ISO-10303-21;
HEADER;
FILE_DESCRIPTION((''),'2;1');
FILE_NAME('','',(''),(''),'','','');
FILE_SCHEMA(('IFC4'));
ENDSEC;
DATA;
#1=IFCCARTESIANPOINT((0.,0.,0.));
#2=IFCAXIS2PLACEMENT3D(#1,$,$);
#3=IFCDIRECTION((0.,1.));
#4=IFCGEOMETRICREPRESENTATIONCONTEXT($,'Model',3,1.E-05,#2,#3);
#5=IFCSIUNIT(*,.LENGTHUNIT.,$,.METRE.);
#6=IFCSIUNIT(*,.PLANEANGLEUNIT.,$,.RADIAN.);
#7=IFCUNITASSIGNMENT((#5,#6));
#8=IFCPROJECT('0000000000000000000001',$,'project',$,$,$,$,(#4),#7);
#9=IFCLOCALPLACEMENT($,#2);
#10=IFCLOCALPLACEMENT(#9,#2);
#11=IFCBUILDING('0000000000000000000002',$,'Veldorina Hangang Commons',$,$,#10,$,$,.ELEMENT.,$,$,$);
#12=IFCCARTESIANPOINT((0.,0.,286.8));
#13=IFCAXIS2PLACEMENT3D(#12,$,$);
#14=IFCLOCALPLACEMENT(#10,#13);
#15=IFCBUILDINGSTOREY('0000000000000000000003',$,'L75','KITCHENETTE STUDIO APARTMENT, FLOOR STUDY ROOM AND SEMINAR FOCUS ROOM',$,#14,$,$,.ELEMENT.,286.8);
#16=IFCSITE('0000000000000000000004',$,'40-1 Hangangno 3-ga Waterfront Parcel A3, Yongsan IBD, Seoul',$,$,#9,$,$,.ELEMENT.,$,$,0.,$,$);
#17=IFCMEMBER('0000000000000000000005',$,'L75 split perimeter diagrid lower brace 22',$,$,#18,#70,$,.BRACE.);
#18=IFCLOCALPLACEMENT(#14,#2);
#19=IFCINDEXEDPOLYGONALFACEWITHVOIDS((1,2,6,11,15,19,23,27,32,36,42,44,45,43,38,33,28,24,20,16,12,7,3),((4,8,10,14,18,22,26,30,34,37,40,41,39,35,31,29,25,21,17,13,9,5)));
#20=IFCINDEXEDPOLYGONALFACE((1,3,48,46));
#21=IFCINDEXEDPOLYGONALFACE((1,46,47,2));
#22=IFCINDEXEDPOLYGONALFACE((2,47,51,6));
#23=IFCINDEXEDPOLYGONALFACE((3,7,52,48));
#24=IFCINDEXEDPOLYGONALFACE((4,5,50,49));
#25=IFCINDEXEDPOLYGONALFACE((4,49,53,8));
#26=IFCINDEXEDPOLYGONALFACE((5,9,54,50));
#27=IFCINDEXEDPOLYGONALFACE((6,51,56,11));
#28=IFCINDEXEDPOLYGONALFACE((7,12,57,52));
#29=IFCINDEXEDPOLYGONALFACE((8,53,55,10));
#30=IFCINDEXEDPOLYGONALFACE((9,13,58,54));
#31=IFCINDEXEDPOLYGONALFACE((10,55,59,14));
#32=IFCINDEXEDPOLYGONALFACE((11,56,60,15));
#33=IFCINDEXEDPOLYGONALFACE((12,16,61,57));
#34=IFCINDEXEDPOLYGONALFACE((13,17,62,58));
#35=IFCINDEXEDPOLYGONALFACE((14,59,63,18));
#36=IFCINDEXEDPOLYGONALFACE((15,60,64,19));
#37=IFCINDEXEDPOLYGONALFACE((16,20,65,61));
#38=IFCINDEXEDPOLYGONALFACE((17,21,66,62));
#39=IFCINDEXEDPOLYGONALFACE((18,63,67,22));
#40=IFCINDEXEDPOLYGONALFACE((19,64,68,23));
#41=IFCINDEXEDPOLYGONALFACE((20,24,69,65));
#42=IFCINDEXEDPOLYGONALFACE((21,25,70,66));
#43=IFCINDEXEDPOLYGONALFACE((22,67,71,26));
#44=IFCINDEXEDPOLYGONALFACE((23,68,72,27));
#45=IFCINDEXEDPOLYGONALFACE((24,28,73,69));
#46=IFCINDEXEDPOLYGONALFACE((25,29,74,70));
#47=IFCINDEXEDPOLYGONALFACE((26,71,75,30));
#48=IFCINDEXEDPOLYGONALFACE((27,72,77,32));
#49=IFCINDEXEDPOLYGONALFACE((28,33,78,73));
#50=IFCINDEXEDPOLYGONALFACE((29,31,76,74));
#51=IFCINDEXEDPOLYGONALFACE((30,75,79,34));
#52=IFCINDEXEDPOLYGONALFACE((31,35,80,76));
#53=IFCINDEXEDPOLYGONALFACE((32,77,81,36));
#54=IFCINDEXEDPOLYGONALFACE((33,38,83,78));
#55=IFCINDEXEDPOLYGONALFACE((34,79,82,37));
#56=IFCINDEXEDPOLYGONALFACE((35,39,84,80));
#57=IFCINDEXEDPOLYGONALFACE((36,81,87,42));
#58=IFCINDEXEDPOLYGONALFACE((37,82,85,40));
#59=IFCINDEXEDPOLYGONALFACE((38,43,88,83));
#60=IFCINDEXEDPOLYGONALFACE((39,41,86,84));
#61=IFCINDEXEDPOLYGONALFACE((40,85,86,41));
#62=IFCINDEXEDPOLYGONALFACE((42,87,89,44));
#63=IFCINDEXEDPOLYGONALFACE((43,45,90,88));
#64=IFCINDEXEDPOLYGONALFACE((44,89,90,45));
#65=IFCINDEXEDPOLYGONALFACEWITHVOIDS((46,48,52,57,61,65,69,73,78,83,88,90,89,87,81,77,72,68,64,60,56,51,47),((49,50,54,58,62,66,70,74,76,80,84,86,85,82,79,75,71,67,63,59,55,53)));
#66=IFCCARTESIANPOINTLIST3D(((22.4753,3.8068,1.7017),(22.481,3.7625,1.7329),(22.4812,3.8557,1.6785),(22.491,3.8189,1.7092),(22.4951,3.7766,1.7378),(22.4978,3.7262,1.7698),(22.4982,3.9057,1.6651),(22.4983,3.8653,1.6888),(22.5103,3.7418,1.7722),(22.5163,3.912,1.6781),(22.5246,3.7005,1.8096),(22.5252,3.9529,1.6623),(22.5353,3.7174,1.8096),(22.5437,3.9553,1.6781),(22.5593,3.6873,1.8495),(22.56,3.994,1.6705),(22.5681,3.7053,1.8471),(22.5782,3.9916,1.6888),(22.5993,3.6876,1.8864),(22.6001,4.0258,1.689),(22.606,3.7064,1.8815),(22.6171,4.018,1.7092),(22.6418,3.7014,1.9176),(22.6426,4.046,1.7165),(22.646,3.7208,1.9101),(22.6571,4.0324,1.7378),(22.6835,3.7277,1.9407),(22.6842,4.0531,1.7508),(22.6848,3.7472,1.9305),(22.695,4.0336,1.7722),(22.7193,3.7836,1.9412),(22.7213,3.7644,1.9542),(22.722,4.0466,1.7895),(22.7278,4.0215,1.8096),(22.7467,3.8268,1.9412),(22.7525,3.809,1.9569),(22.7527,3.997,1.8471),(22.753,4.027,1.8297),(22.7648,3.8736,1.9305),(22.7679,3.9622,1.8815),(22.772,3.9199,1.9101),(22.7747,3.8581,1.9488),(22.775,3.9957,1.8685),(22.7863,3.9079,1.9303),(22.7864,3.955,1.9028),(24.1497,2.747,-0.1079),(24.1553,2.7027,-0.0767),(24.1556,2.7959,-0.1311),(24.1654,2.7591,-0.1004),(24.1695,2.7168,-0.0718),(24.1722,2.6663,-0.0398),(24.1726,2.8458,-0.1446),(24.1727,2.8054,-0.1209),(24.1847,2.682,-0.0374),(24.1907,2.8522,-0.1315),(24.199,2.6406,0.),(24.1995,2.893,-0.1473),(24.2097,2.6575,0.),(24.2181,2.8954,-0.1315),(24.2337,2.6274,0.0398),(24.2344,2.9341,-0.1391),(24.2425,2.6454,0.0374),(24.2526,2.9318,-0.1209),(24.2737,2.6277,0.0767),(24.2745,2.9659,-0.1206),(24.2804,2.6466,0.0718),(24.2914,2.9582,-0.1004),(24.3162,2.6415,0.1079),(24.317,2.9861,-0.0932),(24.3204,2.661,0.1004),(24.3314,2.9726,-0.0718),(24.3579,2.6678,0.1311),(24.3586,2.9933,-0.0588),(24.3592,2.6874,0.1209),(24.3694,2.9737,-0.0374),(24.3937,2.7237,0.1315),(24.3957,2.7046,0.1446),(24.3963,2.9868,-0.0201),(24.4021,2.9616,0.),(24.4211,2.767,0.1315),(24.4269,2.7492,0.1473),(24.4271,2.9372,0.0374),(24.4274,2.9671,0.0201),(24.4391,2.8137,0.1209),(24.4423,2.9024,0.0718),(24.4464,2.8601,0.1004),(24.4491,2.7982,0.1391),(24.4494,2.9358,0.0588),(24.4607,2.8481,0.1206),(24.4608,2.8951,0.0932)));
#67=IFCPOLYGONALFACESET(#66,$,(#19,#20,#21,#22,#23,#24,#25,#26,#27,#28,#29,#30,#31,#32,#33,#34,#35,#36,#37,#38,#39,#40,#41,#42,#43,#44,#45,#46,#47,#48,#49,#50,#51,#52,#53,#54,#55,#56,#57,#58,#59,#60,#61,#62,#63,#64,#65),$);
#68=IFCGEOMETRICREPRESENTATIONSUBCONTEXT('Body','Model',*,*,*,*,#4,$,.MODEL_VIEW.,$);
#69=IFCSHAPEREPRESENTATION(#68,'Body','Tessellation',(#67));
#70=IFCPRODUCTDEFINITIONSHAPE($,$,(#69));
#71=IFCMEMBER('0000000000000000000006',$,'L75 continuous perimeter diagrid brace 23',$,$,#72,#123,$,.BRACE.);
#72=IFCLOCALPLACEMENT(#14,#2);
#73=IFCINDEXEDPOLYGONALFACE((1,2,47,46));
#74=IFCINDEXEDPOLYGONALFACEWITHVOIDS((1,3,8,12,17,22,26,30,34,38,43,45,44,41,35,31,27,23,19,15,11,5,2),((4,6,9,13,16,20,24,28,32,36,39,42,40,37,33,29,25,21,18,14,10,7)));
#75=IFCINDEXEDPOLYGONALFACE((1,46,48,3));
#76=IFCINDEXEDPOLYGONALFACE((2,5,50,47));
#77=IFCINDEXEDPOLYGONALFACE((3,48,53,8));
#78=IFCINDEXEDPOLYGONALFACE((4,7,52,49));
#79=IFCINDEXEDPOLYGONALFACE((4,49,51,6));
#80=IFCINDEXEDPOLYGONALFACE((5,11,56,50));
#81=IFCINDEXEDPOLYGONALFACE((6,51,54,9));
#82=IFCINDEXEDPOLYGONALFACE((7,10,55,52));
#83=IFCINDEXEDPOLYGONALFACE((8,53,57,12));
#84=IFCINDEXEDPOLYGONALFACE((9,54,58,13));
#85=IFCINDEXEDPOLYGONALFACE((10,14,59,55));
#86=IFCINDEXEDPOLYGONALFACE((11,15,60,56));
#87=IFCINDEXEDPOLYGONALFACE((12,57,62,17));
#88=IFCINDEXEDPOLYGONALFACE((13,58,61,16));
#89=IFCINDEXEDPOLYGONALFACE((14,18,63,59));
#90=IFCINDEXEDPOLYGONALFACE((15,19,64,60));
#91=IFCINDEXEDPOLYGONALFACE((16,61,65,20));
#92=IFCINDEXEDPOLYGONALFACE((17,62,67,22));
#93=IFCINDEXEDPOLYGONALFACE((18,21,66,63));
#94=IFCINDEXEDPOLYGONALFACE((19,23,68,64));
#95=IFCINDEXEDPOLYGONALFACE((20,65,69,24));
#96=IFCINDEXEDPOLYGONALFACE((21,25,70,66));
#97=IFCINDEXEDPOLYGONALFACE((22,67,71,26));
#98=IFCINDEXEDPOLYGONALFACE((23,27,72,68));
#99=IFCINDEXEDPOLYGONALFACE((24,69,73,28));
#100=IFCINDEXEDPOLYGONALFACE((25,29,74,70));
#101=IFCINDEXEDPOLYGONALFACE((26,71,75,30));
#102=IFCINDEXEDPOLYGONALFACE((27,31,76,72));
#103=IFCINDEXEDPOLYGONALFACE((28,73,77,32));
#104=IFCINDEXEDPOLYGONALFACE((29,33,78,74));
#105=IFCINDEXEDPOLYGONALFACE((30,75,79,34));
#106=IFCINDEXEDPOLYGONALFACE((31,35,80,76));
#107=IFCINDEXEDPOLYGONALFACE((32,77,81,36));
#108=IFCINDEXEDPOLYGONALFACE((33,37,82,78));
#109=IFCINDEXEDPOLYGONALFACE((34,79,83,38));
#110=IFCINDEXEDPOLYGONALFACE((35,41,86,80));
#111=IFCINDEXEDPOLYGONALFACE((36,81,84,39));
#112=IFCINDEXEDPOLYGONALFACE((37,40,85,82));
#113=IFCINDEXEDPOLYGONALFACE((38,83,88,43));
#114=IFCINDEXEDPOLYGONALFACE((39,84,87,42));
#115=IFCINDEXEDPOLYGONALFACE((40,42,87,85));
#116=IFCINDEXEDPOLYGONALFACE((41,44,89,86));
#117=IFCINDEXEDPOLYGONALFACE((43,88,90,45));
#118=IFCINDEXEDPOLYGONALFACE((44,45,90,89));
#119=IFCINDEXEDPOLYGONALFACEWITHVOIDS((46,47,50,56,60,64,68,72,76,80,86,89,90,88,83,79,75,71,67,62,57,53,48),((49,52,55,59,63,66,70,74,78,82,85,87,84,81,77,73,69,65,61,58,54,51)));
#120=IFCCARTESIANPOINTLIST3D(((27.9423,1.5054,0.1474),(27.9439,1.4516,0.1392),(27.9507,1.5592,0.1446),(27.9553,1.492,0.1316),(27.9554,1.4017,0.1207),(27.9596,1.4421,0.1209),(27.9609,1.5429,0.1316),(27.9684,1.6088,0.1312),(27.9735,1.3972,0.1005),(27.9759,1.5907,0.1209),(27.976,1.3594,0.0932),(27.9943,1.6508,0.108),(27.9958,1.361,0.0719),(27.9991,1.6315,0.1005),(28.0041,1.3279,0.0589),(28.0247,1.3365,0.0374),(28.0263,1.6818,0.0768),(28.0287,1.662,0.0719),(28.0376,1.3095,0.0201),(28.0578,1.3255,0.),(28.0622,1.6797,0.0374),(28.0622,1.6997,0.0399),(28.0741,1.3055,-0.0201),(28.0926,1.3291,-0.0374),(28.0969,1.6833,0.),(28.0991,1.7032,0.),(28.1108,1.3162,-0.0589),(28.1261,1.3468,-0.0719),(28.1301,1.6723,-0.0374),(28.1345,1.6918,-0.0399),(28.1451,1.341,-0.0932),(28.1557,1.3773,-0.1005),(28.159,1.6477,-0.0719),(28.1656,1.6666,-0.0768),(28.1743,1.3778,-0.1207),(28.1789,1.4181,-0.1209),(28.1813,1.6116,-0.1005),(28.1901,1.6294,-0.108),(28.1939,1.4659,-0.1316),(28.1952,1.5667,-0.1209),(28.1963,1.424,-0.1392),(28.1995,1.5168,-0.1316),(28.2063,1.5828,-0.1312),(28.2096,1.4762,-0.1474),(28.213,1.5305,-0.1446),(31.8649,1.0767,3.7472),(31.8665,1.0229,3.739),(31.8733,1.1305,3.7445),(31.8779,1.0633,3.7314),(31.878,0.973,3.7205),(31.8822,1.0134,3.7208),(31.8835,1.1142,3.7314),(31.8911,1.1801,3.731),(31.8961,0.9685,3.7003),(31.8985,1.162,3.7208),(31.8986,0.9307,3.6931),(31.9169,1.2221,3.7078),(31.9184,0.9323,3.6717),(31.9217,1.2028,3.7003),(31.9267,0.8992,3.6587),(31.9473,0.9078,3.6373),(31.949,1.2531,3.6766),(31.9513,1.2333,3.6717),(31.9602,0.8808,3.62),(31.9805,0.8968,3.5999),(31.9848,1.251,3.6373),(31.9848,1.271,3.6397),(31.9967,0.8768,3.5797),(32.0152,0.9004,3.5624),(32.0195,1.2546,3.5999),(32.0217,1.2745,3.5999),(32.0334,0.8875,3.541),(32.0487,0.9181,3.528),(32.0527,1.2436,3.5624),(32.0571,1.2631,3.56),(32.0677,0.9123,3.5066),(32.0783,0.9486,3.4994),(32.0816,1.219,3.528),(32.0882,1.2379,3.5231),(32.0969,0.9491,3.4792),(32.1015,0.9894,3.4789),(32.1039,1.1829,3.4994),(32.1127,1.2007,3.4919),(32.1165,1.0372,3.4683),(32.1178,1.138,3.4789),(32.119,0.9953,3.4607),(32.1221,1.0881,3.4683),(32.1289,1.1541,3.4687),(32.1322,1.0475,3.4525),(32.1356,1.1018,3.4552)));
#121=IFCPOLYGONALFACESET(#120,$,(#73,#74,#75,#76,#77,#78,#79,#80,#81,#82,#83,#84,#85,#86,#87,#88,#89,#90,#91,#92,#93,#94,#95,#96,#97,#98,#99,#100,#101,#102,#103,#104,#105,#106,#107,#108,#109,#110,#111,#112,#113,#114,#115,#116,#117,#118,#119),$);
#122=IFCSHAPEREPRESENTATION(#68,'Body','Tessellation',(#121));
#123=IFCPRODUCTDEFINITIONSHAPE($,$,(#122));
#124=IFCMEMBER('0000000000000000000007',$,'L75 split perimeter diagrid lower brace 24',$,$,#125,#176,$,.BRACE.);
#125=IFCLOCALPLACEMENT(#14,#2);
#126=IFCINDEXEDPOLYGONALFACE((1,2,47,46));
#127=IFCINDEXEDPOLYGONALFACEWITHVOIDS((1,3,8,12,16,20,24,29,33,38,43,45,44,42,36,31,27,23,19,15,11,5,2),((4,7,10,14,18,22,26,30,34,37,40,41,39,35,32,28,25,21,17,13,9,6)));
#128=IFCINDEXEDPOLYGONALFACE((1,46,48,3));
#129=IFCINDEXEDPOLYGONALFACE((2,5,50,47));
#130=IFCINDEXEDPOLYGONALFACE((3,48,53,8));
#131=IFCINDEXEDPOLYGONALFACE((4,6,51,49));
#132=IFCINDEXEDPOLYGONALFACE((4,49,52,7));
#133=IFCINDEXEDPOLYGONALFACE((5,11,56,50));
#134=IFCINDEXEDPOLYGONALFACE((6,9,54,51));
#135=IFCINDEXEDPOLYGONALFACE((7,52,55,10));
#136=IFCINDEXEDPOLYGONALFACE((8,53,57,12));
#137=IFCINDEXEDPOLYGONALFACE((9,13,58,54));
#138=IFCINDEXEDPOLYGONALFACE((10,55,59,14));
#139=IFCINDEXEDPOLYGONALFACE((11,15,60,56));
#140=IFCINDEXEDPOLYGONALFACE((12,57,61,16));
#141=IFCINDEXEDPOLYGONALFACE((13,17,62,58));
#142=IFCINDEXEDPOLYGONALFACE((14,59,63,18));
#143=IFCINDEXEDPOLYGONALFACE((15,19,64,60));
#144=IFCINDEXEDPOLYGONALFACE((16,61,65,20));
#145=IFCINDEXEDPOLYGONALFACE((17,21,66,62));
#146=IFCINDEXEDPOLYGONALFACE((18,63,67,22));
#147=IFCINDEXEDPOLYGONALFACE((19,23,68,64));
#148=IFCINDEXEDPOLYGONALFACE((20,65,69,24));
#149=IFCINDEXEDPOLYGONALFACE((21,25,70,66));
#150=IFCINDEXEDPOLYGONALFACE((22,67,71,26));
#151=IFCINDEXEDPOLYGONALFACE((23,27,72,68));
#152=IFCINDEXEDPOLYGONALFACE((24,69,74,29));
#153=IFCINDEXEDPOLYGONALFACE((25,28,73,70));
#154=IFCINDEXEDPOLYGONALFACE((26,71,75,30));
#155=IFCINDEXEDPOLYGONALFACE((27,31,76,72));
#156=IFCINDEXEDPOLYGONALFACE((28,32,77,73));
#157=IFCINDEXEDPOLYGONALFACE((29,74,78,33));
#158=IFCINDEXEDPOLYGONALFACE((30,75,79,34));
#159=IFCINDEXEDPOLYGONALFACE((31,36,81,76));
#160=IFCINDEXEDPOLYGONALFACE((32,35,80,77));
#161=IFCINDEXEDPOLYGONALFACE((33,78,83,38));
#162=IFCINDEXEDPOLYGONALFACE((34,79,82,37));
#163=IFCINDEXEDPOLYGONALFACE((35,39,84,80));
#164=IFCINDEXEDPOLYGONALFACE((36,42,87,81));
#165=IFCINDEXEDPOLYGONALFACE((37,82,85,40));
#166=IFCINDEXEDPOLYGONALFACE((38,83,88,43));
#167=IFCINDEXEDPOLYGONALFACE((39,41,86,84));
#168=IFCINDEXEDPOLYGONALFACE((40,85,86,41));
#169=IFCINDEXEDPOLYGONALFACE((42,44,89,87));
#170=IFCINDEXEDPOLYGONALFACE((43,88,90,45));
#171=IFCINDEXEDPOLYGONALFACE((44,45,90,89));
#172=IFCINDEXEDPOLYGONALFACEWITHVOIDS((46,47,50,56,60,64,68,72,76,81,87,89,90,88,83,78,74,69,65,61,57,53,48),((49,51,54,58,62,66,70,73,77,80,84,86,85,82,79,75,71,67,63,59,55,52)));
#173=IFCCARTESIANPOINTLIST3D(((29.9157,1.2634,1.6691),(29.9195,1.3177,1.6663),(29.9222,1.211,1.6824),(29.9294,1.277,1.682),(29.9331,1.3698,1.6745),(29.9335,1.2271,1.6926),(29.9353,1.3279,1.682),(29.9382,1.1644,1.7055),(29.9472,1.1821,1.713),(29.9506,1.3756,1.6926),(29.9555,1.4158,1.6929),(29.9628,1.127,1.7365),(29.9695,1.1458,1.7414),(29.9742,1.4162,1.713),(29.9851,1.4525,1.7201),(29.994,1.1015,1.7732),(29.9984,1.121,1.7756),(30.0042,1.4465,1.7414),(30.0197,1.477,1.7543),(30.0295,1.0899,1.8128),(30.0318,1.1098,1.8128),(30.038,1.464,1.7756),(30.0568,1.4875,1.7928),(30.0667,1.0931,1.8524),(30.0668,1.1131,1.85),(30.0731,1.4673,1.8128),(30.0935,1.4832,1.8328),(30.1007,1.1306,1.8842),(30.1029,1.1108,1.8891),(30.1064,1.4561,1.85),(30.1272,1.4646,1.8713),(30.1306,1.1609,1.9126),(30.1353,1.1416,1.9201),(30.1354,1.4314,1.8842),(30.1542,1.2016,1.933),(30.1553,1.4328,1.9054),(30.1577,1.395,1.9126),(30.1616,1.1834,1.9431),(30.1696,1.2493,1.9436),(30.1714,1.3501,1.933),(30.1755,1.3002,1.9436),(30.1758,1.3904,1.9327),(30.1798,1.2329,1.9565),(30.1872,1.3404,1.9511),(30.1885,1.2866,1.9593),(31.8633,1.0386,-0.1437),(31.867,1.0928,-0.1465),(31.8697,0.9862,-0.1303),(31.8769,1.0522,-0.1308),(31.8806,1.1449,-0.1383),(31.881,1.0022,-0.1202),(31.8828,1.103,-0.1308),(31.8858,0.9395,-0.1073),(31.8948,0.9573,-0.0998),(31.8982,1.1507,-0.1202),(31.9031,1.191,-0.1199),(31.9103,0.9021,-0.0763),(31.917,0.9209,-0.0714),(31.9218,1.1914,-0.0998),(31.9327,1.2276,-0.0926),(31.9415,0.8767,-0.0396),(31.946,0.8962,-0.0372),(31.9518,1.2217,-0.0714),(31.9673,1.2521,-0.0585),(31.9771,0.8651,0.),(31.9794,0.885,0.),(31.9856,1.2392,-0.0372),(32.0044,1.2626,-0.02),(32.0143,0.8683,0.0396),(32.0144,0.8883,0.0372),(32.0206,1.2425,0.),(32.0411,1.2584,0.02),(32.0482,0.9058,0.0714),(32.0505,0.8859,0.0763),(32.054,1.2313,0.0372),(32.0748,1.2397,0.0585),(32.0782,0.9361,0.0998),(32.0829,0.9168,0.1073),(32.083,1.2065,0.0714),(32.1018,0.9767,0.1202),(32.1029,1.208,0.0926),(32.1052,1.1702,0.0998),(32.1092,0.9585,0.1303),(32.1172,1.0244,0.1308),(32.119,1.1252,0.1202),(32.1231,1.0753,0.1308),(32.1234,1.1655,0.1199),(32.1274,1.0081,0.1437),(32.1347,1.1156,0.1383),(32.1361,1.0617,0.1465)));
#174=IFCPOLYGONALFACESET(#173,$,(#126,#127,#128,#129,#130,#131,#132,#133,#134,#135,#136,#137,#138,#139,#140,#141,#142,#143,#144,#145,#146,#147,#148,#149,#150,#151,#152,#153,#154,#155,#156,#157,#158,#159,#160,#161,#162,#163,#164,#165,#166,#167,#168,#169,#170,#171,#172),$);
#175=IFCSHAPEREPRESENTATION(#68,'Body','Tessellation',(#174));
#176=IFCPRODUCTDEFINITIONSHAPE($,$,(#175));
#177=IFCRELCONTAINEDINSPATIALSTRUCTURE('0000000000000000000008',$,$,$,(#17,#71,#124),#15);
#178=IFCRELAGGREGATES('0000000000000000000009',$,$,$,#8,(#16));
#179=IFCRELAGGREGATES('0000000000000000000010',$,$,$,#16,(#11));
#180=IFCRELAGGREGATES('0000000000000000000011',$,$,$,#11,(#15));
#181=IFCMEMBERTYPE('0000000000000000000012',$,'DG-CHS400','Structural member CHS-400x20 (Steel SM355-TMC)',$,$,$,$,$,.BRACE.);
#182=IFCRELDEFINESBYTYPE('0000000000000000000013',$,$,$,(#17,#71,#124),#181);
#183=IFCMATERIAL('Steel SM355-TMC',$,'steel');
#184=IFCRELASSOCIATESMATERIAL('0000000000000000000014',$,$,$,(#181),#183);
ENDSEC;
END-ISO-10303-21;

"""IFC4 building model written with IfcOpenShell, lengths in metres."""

from ifc_helpers import new_model, si_unit, direction, frame, origin, origin_2d, place, context, subcontext, project, spatial, hollow_circle, extrude, material, material_profile, profile_set, type_object, element, save


model = new_model("IFC4")

# Units and contexts
model_context = context("Model", 3, precision=1e-05, world=origin(), true_north=direction((0.0, 1.0)))
body_context = subcontext(model_context, "Body", "Model", "MODEL_VIEW")
ifc_project = project(units=[si_unit("LENGTHUNIT", "METRE"), si_unit("PLANEANGLEUNIT", "RADIAN")], contexts=[model_context])

# Site, building, storey
site_placement = place(None, origin())
site = spatial("IfcSite", under=ifc_project, at=site_placement, Name="40-1 Hangangno 3-ga Waterfront Parcel A3, Yongsan IBD, Seoul", CompositionType="ELEMENT", RefElevation=0.0)
building_placement = place(site_placement, origin())
building = spatial("IfcBuilding", under=site, at=building_placement, Name="Veldorina Hangang Commons", CompositionType="ELEMENT")
storey_placement = place(building_placement, frame((0.0, 0.0, 286.8)))
storey = spatial("IfcBuildingStorey", under=building, at=storey_placement, Name="L75", Description="KITCHENETTE STUDIO APARTMENT, FLOOR STUDY ROOM AND SEMINAR FOCUS ROOM", CompositionType="ELEMENT", Elevation=286.8)

# Shared definitions
ifc_material_1 = material(Name="Steel SM355-TMC", Category="steel")

# Members
ifc_material_profile_1 = material_profile(ifc_material_1, hollow_circle(Radius=0.2, WallThickness=0.02, at=origin_2d()), Name="CHS-400x20")
ifc_profile_set_1 = profile_set([ifc_material_profile_1], Name="Steel SM355-TMC")
member_type_1 = type_object("IfcMemberType", Name="DG-CHS400", Description="Structural member CHS-400x20 (Steel SM355-TMC)", PredefinedType="BRACE", material=ifc_profile_set_1)
member_1_placement = place(storey_placement, frame((24.3059, 2.8096, 0.0), z_axis=(-0.623934, 0.39494, 0.674336), x_axis=(-0.534841, -0.844953, 0.0)))
element("IfcMember", 1, at=member_1_placement, inside=storey, type_object=member_type_1, Name="L75 split perimeter diagrid lower brace 22", PredefinedType="BRACE", context=body_context, shape_type="SweptSolid", body=[
    extrude(hollow_circle(Radius=0.2, WallThickness=0.02, at=origin_2d()), origin(), (0.0, 0.0, 1.0), 2.6836),
])
member_2_placement = place(storey_placement, frame((28.0774, 1.5044, 0.0), z_axis=(0.734391, -0.080263, 0.673965), x_axis=(0.108645, 0.994081, 0.0)))
element("IfcMember", 2, at=member_2_placement, inside=storey, type_object=member_type_1, Name="L75 continuous perimeter diagrid brace 23", PredefinedType="BRACE", context=body_context, shape_type="SweptSolid", body=[
    extrude(hollow_circle(Radius=0.2, WallThickness=0.02, at=origin_2d()), origin(), (0.0, 0.0, 1.0), 5.3413),
])
member_3_placement = place(storey_placement, frame((32.0, 1.0637, 0.0), z_axis=(-0.729379, 0.084212, 0.678907), x_axis=(-0.114695, -0.993401, 0.0)))
element("IfcMember", 3, at=member_3_placement, inside=storey, type_object=member_type_1, Name="L75 split perimeter diagrid lower brace 24", PredefinedType="BRACE", context=body_context, shape_type="SweptSolid", body=[
    extrude(hollow_circle(Radius=0.2, WallThickness=0.02, at=origin_2d()), origin(), (0.0, 0.0, 1.0), 2.6702),
])

save(model, "model.ifc")
